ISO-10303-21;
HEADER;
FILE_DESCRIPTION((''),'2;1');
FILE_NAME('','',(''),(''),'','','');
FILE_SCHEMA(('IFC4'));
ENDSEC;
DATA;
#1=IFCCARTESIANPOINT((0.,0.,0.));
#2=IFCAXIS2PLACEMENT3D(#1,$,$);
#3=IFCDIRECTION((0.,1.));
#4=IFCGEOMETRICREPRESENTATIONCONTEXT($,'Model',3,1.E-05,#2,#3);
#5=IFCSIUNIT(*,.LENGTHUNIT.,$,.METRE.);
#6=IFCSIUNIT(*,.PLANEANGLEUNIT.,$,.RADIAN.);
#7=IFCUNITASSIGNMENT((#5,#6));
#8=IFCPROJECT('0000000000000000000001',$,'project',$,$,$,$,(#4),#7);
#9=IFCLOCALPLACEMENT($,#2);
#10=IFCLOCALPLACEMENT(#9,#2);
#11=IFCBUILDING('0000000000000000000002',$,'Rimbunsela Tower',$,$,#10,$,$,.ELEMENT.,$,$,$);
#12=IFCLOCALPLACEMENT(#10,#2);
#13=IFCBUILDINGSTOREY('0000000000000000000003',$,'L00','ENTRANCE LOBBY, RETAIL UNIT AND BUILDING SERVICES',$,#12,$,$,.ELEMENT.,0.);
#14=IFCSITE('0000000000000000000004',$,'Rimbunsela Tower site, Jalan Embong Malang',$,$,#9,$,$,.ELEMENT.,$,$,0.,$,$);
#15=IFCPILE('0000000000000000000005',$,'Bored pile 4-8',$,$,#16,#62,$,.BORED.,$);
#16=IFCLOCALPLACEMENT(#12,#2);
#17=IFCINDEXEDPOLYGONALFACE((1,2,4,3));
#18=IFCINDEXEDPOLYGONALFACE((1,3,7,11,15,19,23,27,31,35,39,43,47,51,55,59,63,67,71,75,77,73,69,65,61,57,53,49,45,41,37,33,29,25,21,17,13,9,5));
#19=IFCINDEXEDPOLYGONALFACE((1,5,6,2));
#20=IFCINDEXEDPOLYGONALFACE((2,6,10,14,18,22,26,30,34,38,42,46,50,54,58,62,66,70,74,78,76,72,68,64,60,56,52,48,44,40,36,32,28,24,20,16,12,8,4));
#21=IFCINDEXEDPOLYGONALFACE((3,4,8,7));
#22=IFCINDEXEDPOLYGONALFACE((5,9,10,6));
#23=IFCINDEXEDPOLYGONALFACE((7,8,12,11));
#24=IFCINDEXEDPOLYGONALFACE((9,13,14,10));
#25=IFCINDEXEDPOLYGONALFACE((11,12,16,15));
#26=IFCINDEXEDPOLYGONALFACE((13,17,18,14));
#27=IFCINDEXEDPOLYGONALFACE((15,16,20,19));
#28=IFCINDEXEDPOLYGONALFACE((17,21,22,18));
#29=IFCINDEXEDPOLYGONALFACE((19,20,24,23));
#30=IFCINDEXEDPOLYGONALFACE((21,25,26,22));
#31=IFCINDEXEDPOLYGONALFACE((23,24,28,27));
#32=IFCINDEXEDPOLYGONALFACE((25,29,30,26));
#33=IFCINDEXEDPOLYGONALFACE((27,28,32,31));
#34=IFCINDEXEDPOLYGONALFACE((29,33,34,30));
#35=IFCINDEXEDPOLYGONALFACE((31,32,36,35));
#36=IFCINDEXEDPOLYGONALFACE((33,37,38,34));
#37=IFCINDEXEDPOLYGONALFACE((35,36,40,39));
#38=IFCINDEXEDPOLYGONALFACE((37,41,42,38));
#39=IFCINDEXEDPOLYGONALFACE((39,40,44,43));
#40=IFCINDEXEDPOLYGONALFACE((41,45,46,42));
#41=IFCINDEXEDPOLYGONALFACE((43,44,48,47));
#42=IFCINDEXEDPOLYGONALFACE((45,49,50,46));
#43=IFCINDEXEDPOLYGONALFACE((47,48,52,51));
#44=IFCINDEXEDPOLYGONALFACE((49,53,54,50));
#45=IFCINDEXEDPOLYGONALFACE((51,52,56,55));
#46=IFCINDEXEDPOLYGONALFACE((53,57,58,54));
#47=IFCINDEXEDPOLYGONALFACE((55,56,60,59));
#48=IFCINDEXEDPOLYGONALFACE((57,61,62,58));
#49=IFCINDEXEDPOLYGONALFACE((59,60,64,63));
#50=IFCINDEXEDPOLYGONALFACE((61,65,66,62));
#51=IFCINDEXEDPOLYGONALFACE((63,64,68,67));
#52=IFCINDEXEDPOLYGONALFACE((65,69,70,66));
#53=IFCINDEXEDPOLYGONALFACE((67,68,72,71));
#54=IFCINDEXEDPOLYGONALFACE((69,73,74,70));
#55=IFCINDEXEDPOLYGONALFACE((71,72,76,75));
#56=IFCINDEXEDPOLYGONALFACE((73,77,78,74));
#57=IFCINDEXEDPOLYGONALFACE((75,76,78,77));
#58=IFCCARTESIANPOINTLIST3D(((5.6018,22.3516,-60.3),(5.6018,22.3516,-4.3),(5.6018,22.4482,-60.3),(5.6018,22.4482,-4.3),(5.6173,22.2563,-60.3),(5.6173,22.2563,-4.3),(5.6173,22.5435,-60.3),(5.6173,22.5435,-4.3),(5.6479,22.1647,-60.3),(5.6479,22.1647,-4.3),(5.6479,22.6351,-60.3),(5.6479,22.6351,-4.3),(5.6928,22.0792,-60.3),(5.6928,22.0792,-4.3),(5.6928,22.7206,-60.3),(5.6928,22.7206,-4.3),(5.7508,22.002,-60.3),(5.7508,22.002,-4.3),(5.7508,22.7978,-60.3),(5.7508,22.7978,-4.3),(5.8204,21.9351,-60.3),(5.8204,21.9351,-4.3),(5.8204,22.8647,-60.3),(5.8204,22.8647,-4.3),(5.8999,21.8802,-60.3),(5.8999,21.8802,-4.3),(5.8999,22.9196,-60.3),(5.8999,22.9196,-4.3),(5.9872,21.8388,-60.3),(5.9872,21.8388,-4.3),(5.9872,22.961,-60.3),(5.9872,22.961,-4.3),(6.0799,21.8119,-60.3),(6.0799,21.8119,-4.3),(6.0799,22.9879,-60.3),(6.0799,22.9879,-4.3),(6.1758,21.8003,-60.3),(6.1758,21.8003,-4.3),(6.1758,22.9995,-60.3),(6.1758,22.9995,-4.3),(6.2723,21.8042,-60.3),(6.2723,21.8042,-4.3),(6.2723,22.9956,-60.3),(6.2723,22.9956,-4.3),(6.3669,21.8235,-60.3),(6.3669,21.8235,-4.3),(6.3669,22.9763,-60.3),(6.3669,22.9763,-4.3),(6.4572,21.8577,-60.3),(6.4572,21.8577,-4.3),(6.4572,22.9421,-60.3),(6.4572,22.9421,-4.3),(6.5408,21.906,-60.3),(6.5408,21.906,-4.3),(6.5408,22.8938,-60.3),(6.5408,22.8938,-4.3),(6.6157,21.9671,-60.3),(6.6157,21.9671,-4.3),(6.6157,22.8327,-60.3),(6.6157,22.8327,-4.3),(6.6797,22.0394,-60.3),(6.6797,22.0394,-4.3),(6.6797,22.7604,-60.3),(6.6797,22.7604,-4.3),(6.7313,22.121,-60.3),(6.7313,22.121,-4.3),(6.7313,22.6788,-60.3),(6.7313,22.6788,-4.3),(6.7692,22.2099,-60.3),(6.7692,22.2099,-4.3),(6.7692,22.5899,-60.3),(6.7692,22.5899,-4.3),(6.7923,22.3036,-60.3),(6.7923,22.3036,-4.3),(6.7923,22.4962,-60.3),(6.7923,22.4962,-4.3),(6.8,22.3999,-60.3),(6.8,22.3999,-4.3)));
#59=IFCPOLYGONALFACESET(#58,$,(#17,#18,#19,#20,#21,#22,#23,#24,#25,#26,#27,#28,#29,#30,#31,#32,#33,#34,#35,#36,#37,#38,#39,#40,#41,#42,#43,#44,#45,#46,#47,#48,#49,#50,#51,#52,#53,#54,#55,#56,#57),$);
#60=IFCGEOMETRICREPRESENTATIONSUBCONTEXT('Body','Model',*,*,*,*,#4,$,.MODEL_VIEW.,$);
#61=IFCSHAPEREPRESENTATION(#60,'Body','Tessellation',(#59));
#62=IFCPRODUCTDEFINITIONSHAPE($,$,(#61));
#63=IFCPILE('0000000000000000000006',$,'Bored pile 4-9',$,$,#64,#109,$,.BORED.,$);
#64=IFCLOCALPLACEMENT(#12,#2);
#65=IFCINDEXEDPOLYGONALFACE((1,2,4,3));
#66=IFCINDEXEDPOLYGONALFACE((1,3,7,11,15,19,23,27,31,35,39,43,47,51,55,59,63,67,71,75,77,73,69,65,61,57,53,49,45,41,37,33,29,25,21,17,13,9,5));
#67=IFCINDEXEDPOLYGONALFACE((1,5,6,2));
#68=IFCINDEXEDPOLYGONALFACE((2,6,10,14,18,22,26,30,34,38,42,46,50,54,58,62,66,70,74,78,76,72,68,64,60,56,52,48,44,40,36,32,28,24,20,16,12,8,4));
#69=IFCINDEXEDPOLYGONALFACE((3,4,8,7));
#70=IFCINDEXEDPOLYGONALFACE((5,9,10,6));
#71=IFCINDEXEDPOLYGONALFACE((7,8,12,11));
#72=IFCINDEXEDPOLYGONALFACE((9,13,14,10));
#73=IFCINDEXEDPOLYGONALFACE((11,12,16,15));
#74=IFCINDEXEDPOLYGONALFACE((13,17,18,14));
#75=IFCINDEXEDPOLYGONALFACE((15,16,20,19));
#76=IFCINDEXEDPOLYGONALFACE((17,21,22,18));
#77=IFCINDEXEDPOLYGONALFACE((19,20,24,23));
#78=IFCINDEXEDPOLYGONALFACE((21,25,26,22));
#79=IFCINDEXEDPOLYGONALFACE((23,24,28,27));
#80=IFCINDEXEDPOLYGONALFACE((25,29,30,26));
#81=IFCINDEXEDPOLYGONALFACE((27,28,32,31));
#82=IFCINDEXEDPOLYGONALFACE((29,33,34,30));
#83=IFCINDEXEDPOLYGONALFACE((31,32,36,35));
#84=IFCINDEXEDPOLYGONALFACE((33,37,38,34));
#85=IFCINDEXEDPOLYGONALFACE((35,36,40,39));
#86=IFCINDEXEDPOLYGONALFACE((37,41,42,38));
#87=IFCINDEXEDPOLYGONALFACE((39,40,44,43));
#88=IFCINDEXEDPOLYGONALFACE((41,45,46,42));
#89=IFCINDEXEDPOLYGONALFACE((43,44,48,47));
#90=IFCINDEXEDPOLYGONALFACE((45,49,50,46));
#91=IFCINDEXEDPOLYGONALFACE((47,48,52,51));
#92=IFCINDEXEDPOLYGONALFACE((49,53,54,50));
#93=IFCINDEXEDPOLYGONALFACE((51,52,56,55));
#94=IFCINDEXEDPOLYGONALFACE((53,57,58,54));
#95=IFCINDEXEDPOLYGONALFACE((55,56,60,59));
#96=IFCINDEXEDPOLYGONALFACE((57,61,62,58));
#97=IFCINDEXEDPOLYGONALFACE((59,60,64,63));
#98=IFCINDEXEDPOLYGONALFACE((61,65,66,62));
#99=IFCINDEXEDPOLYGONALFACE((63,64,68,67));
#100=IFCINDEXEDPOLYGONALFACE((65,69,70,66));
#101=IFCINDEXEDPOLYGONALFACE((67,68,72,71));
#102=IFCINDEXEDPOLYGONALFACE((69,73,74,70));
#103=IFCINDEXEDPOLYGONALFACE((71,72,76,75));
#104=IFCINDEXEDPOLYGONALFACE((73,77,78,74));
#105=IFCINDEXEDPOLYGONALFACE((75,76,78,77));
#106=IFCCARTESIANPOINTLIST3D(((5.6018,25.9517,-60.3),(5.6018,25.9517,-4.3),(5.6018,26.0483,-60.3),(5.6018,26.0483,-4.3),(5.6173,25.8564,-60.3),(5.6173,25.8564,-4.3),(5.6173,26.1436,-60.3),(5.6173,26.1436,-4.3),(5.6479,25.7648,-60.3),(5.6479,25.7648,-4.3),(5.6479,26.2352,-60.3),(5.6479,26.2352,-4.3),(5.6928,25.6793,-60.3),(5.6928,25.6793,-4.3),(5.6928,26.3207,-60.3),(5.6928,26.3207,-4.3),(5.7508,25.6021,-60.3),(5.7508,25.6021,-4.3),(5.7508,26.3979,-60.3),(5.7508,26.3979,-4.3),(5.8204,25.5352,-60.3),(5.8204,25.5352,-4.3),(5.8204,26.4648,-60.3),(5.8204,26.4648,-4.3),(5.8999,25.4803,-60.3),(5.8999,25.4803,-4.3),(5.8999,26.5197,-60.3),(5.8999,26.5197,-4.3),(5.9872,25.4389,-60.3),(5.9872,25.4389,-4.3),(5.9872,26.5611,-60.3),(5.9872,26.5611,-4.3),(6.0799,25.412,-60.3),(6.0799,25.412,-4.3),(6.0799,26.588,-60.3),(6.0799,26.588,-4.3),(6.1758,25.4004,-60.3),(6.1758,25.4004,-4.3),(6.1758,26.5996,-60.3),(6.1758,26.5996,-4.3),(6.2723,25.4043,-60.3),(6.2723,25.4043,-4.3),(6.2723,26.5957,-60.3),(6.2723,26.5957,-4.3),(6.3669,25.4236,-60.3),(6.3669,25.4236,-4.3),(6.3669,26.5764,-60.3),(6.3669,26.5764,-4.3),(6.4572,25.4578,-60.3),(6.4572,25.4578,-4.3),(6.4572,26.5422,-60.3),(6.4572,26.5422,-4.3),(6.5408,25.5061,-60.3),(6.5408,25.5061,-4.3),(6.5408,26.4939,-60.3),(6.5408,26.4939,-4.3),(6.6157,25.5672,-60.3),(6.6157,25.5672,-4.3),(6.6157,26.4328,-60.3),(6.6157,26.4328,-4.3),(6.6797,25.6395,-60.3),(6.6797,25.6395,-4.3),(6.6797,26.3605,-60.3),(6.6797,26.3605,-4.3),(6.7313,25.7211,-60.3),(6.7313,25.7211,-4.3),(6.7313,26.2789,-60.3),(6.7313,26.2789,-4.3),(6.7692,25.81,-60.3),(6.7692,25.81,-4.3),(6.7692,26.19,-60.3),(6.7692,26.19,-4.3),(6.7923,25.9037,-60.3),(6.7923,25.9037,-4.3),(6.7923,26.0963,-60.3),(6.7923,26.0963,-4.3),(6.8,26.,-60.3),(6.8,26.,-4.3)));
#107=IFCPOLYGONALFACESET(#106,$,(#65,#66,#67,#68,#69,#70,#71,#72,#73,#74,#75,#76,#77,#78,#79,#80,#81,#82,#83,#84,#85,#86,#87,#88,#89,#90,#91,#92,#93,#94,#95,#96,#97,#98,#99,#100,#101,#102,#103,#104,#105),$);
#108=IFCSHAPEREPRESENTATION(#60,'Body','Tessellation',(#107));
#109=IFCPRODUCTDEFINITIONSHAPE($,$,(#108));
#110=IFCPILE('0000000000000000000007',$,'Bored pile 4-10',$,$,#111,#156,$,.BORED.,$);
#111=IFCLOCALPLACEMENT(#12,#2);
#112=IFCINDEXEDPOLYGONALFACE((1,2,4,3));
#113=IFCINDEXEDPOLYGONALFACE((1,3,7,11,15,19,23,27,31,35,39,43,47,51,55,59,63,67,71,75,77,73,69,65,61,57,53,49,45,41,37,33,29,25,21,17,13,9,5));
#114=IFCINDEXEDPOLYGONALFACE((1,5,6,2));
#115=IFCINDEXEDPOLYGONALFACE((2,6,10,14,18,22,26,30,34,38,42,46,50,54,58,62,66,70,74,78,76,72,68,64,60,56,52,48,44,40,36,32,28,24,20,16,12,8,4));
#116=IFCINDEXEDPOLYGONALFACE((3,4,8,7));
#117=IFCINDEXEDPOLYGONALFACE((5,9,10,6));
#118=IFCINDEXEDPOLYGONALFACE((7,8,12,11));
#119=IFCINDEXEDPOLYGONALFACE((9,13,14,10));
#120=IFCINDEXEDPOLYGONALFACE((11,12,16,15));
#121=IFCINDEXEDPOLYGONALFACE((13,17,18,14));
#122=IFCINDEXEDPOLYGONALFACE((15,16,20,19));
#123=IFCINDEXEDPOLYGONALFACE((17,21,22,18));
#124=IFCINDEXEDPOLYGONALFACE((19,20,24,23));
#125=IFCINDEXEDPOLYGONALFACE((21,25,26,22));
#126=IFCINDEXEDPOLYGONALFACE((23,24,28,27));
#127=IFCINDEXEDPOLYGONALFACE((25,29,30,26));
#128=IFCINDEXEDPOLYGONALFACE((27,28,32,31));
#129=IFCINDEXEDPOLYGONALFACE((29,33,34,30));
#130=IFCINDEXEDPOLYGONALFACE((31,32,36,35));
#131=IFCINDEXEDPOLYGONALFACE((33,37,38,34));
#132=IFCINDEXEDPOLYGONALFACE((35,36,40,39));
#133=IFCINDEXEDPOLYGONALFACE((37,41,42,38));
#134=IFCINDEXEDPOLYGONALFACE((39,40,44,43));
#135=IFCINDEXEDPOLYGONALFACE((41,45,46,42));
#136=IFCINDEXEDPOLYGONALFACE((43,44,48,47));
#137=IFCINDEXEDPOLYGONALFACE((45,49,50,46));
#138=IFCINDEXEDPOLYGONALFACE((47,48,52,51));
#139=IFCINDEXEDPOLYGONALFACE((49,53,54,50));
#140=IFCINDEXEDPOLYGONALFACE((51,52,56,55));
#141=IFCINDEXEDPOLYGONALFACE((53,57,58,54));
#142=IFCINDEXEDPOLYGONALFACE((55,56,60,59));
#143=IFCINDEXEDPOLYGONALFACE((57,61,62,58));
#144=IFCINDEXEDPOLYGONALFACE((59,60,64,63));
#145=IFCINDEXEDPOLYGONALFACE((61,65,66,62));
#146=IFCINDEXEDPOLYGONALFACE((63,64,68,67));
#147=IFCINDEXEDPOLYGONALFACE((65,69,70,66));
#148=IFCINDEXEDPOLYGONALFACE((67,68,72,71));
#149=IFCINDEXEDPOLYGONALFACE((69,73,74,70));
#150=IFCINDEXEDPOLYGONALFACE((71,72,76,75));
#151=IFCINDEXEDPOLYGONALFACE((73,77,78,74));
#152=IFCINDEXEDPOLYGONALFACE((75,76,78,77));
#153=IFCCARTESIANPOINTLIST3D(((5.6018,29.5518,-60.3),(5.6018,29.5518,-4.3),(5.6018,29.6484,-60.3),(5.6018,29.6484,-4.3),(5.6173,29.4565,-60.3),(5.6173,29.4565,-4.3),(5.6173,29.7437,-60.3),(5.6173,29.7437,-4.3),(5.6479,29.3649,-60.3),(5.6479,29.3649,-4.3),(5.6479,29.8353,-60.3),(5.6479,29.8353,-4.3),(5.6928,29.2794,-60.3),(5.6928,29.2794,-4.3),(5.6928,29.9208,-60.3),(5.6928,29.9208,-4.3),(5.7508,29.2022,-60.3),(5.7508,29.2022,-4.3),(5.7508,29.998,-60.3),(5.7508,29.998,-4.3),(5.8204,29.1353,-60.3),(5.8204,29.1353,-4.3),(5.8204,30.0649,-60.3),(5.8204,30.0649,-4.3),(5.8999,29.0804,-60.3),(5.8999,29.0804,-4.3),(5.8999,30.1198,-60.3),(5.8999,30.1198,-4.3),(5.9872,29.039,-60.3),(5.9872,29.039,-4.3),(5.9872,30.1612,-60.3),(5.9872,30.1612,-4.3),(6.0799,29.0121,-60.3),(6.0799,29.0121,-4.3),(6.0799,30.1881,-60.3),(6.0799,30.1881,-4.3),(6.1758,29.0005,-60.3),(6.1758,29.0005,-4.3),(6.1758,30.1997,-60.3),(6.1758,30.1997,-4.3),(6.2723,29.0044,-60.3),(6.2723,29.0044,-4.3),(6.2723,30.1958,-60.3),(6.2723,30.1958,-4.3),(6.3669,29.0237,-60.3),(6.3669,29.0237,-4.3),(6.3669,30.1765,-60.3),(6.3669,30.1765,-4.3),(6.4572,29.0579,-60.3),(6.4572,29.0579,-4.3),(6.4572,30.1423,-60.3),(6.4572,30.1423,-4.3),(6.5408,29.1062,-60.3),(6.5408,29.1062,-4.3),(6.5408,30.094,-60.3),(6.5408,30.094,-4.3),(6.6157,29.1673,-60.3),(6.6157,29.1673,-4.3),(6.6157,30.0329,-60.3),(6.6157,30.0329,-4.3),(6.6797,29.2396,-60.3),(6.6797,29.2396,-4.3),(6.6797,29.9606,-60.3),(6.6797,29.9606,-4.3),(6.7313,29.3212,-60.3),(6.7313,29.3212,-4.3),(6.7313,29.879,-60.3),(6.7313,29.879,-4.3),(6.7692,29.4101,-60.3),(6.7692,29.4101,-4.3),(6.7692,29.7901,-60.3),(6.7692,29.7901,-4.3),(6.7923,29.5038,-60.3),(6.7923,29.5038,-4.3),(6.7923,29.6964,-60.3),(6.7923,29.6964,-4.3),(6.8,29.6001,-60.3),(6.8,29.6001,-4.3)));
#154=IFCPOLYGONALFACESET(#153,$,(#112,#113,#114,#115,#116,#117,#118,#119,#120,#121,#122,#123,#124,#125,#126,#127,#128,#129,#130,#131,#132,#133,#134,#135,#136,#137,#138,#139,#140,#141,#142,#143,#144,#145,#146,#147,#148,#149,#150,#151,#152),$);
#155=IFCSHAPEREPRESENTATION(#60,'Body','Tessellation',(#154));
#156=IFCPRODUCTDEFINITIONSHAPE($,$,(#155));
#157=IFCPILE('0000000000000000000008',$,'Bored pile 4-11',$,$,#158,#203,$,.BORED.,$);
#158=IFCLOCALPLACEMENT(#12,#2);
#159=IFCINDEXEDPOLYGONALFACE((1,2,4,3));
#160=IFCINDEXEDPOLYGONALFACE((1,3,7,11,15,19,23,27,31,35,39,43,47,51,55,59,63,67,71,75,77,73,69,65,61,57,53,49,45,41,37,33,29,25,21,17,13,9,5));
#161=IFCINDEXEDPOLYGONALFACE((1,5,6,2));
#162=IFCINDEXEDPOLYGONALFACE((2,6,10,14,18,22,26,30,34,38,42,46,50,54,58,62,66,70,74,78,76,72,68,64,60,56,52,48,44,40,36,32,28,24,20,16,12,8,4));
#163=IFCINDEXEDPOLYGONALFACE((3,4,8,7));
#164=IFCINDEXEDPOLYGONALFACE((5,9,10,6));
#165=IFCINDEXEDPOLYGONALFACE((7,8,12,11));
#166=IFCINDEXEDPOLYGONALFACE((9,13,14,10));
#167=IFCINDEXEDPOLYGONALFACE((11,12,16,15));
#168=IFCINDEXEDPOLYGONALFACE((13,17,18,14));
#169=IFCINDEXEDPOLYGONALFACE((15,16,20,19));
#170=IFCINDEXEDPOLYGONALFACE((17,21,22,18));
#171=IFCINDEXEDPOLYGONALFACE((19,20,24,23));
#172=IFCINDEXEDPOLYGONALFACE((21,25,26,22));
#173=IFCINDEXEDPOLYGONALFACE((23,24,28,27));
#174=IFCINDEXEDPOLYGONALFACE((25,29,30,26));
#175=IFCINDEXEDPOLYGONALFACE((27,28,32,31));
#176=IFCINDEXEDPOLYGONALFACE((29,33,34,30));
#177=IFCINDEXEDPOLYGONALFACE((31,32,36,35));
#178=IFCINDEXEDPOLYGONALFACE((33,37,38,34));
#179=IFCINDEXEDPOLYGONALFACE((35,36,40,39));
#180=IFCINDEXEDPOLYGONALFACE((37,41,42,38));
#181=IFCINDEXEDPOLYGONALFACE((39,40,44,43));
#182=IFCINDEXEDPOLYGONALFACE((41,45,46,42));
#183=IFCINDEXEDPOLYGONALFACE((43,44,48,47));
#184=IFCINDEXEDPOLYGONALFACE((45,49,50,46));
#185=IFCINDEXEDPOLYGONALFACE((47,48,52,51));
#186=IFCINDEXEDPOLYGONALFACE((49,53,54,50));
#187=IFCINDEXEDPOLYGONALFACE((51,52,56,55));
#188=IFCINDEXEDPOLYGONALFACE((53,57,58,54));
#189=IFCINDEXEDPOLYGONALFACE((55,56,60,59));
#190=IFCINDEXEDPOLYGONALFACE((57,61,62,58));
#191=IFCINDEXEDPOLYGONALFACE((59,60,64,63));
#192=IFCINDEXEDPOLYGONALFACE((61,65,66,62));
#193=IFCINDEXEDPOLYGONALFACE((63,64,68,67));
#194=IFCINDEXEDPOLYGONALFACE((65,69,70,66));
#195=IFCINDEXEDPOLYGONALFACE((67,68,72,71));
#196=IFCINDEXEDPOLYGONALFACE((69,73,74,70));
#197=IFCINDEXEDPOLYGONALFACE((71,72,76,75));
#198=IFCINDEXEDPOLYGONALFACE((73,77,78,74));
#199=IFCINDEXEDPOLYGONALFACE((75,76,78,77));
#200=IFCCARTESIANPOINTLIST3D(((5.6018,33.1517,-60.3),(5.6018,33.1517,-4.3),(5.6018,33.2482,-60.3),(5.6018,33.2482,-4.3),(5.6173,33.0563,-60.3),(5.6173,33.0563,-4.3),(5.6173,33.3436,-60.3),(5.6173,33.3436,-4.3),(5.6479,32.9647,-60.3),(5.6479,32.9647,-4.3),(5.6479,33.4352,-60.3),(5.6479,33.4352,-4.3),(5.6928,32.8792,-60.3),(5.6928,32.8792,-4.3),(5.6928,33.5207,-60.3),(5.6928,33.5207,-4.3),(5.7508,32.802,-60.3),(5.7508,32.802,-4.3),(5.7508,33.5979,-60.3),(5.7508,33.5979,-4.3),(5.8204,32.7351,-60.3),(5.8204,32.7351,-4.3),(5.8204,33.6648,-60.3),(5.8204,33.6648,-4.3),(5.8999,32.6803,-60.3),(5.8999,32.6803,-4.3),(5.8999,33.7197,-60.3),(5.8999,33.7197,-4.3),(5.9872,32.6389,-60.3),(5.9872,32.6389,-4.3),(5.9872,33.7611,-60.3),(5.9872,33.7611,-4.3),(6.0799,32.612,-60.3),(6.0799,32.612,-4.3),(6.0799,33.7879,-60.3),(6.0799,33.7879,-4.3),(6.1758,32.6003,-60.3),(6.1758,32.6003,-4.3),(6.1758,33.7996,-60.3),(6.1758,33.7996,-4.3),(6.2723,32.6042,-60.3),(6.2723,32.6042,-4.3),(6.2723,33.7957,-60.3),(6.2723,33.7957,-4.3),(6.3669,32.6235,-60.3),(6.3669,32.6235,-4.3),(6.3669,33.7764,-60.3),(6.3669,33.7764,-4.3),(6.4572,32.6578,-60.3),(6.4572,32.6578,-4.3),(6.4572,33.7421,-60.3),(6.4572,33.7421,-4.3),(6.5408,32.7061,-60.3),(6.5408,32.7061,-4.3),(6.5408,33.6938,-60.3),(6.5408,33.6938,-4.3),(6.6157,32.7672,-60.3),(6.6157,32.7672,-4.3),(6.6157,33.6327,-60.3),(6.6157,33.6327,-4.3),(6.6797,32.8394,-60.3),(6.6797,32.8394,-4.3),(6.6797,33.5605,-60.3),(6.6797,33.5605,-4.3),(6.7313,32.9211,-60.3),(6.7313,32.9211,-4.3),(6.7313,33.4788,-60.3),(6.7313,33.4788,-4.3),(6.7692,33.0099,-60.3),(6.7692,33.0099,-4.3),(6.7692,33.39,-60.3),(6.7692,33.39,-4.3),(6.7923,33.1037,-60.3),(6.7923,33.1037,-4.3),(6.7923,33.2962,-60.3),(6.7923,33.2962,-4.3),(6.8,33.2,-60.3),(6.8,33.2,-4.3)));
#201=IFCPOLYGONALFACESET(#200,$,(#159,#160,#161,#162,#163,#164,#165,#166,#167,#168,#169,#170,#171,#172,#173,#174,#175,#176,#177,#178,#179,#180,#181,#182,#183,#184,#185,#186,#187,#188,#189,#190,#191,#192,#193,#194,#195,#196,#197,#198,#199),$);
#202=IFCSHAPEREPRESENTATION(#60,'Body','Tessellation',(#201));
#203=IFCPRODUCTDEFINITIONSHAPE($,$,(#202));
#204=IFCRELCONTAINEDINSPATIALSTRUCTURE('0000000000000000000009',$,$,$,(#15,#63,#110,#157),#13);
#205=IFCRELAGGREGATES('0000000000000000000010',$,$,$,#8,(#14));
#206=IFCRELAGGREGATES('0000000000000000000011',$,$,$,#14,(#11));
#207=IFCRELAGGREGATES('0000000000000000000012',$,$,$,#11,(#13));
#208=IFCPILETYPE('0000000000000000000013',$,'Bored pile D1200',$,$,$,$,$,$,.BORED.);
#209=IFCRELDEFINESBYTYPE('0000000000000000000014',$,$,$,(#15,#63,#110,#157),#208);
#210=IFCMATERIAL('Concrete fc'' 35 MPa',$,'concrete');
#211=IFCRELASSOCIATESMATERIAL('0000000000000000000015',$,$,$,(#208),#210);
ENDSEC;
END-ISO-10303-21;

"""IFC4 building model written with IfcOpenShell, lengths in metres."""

from ifc_helpers import new_model, si_unit, direction, frame, origin, origin_2d, place, context, subcontext, project, spatial, circle, extrude, material, material_profile, profile_set, type_object, element, save


model = new_model("IFC4")

# Units and contexts
model_context = context("Model", 3, precision=1e-05, world=origin(), true_north=direction((0.0, 1.0)))
body_context = subcontext(model_context, "Body", "Model", "MODEL_VIEW")
ifc_project = project(units=[si_unit("LENGTHUNIT", "METRE"), si_unit("PLANEANGLEUNIT", "RADIAN")], contexts=[model_context])

# Site, building, storey
site_placement = place(None, origin())
site = spatial("IfcSite", under=ifc_project, at=site_placement, Name="Rimbunsela Tower site, Jalan Embong Malang", CompositionType="ELEMENT", RefElevation=0.0)
building_placement = place(site_placement, origin())
building = spatial("IfcBuilding", under=site, at=building_placement, Name="Rimbunsela Tower", CompositionType="ELEMENT")
storey_placement = place(building_placement, origin())
storey = spatial("IfcBuildingStorey", under=building, at=storey_placement, Name="L00", Description="ENTRANCE LOBBY, RETAIL UNIT AND BUILDING SERVICES", CompositionType="ELEMENT", Elevation=0.0)

# Piles
ifc_material_1 = material(Name="Concrete fc' 35 MPa", Category="concrete")
ifc_material_profile_1 = material_profile(ifc_material_1, circle(Radius=0.6001, at=origin_2d()), Name="BP D1200")
ifc_profile_set_1 = profile_set([ifc_material_profile_1], Name="Concrete fc' 35 MPa")
pile_type = type_object("IfcPileType", Name="Bored pile D1200", PredefinedType="BORED", material=ifc_profile_set_1)
for number, where, z_axis, x_axis, name in (
    (1, (6.2, 22.3999, -4.3), (0.0, 0.0, -1.0), (1.0, 0.0, 0.0), "Bored pile 4-8"),
    (2, (6.2, 26.0, -4.3), (0.0, 0.0, -1.0), (1.0, 0.0, 0.0), "Bored pile 4-9"),
    (3, (6.2, 29.6001, -4.3), (0.0, 0.0, -1.0), (1.0, 0.0, 0.0), "Bored pile 4-10"),
    (4, (6.2, 33.2, -4.3), (0.0, 0.0, -1.0), (1.0, 0.0, 0.0), "Bored pile 4-11"),
):
    element("IfcPile", number, at=place(storey_placement, frame(where, z_axis=z_axis, x_axis=x_axis)), inside=storey, type_object=pile_type, Name=name, PredefinedType="BORED", context=body_context, shape_type="SweptSolid", body=[
        extrude(circle(Radius=0.6001, at=origin_2d()), origin(), (0.0, 0.0, 1.0), 56.0),
    ])

save(model, "model.ifc")
